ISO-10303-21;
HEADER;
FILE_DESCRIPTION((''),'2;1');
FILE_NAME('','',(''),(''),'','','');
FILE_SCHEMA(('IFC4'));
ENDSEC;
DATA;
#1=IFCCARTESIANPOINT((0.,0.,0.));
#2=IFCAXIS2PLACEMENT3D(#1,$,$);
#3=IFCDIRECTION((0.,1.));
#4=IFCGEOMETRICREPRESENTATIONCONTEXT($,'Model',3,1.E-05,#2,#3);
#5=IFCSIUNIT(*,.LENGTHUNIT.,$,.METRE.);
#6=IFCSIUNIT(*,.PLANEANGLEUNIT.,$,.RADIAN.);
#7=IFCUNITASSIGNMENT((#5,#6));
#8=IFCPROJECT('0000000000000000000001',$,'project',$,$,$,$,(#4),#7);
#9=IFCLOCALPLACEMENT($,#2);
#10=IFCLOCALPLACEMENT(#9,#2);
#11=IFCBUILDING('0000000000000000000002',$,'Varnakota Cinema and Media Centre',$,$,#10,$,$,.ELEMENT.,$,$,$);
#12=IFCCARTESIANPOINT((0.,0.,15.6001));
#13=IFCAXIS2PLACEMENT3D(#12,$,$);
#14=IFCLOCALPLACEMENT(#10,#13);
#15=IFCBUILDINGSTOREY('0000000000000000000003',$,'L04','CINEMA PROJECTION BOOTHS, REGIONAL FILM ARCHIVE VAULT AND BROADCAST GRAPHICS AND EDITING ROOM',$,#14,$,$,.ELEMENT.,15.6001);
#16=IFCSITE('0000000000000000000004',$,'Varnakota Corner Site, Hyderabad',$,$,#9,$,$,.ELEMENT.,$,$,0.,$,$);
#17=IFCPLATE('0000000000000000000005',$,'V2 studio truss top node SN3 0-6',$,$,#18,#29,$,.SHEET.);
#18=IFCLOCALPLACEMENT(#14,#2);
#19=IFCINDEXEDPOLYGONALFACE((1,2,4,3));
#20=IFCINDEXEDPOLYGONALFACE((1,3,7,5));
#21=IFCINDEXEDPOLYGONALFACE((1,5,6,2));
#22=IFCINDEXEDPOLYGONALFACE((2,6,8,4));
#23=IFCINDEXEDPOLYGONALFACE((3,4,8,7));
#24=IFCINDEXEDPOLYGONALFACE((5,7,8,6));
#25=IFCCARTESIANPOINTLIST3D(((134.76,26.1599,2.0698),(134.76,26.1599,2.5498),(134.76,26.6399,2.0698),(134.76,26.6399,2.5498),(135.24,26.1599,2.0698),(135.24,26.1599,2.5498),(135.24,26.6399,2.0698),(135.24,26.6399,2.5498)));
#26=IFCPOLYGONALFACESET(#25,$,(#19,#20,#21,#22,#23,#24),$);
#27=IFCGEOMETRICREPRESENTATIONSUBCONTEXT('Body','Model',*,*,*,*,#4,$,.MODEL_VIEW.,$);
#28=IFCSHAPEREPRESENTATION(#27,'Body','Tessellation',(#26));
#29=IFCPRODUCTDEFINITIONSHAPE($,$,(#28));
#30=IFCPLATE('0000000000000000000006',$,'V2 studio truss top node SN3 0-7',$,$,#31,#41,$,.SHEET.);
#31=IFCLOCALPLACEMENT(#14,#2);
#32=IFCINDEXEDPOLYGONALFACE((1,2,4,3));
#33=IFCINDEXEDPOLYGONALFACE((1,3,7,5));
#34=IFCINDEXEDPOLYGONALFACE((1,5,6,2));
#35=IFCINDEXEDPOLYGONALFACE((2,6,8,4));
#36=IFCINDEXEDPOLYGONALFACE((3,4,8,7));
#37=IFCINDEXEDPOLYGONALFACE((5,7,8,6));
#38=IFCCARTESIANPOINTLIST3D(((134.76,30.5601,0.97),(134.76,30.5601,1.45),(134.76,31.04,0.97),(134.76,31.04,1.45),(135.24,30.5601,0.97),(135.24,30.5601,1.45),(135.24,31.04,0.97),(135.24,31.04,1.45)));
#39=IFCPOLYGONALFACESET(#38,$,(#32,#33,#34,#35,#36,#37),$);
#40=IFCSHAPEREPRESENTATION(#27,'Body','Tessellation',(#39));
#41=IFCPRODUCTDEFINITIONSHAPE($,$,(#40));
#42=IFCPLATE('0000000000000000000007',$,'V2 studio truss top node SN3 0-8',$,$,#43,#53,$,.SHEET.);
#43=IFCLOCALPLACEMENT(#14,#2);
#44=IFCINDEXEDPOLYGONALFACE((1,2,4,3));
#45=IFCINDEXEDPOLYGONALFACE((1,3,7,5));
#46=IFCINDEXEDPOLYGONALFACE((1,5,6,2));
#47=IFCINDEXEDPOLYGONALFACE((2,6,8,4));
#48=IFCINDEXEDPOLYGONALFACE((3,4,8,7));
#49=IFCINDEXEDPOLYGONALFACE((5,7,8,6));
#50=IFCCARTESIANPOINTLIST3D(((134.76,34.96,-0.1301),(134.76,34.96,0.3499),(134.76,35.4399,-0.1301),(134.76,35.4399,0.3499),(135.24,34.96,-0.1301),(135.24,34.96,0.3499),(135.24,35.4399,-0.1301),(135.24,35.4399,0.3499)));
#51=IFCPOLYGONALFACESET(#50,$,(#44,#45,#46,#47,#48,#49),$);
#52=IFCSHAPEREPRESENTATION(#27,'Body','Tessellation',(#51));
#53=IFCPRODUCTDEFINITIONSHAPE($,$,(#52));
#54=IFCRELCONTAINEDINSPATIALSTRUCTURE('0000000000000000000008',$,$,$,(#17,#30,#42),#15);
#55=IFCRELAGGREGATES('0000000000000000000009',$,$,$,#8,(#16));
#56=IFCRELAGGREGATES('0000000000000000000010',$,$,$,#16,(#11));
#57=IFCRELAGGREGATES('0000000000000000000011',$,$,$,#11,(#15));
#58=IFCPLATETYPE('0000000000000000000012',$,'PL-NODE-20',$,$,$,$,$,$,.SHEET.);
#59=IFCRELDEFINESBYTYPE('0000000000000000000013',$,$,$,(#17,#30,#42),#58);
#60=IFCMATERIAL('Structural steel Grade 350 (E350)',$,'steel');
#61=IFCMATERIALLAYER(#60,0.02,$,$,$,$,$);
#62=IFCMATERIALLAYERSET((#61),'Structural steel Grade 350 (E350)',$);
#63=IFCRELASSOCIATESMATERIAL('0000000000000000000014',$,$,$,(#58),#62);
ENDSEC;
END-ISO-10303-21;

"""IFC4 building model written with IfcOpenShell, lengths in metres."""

from ifc_helpers import new_model, si_unit, direction, frame, origin, origin_2d, place, context, subcontext, project, spatial, rectangle, extrude, material, layer, layer_set, type_object, element, save


model = new_model("IFC4")

# Units and contexts
model_context = context("Model", 3, precision=1e-05, world=origin(), true_north=direction((0.0, 1.0)))
body_context = subcontext(model_context, "Body", "Model", "MODEL_VIEW")
ifc_project = project(units=[si_unit("LENGTHUNIT", "METRE"), si_unit("PLANEANGLEUNIT", "RADIAN")], contexts=[model_context])

# Site, building, storey
site_placement = place(None, origin())
site = spatial("IfcSite", under=ifc_project, at=site_placement, Name="Varnakota Corner Site, Hyderabad", CompositionType="ELEMENT", RefElevation=0.0)
building_placement = place(site_placement, origin())
building = spatial("IfcBuilding", under=site, at=building_placement, Name="Varnakota Cinema and Media Centre", CompositionType="ELEMENT")
storey_placement = place(building_placement, frame((0.0, 0.0, 15.6001)))
storey = spatial("IfcBuildingStorey", under=building, at=storey_placement, Name="L04", Description="CINEMA PROJECTION BOOTHS, REGIONAL FILM ARCHIVE VAULT AND BROADCAST GRAPHICS AND EDITING ROOM", CompositionType="ELEMENT", Elevation=15.6001)

# Plates
ifc_material_1 = material(Name="Structural steel Grade 350 (E350)", Category="steel")
ifc_layer_1 = layer(ifc_material_1, 0.02)
ifc_layer_set_1 = layer_set([ifc_layer_1], Name="Structural steel Grade 350 (E350)")
plate_type_1 = type_object("IfcPlateType", Name="PL-NODE-20", PredefinedType="SHEET", material=ifc_layer_set_1)
for number, where, z_axis, x_axis, name in (
    (1, (135.0, 26.3999, 2.0698), (0.0, 0.0, 1.0), (1.0, 0.0, 0.0), "V2 studio truss top node SN3 0-6"),
    (2, (135.0, 30.8, 0.97), (0.0, 0.0, 1.0), (1.0, 0.0, 0.0), "V2 studio truss top node SN3 0-7"),
    (3, (135.0, 35.2, -0.1301), (0.0, 0.0, 1.0), (1.0, 0.0, 0.0), "V2 studio truss top node SN3 0-8"),
):
    element("IfcPlate", number, at=place(storey_placement, frame(where, z_axis=z_axis, x_axis=x_axis)), inside=storey, type_object=plate_type_1, Name=name, PredefinedType="SHEET", context=body_context, shape_type="SweptSolid", body=[
        extrude(rectangle(XDim=0.48, YDim=0.48, at=origin_2d()), origin(), (0.0, 0.0, 1.0), 0.48),
    ])

save(model, "model.ifc")
